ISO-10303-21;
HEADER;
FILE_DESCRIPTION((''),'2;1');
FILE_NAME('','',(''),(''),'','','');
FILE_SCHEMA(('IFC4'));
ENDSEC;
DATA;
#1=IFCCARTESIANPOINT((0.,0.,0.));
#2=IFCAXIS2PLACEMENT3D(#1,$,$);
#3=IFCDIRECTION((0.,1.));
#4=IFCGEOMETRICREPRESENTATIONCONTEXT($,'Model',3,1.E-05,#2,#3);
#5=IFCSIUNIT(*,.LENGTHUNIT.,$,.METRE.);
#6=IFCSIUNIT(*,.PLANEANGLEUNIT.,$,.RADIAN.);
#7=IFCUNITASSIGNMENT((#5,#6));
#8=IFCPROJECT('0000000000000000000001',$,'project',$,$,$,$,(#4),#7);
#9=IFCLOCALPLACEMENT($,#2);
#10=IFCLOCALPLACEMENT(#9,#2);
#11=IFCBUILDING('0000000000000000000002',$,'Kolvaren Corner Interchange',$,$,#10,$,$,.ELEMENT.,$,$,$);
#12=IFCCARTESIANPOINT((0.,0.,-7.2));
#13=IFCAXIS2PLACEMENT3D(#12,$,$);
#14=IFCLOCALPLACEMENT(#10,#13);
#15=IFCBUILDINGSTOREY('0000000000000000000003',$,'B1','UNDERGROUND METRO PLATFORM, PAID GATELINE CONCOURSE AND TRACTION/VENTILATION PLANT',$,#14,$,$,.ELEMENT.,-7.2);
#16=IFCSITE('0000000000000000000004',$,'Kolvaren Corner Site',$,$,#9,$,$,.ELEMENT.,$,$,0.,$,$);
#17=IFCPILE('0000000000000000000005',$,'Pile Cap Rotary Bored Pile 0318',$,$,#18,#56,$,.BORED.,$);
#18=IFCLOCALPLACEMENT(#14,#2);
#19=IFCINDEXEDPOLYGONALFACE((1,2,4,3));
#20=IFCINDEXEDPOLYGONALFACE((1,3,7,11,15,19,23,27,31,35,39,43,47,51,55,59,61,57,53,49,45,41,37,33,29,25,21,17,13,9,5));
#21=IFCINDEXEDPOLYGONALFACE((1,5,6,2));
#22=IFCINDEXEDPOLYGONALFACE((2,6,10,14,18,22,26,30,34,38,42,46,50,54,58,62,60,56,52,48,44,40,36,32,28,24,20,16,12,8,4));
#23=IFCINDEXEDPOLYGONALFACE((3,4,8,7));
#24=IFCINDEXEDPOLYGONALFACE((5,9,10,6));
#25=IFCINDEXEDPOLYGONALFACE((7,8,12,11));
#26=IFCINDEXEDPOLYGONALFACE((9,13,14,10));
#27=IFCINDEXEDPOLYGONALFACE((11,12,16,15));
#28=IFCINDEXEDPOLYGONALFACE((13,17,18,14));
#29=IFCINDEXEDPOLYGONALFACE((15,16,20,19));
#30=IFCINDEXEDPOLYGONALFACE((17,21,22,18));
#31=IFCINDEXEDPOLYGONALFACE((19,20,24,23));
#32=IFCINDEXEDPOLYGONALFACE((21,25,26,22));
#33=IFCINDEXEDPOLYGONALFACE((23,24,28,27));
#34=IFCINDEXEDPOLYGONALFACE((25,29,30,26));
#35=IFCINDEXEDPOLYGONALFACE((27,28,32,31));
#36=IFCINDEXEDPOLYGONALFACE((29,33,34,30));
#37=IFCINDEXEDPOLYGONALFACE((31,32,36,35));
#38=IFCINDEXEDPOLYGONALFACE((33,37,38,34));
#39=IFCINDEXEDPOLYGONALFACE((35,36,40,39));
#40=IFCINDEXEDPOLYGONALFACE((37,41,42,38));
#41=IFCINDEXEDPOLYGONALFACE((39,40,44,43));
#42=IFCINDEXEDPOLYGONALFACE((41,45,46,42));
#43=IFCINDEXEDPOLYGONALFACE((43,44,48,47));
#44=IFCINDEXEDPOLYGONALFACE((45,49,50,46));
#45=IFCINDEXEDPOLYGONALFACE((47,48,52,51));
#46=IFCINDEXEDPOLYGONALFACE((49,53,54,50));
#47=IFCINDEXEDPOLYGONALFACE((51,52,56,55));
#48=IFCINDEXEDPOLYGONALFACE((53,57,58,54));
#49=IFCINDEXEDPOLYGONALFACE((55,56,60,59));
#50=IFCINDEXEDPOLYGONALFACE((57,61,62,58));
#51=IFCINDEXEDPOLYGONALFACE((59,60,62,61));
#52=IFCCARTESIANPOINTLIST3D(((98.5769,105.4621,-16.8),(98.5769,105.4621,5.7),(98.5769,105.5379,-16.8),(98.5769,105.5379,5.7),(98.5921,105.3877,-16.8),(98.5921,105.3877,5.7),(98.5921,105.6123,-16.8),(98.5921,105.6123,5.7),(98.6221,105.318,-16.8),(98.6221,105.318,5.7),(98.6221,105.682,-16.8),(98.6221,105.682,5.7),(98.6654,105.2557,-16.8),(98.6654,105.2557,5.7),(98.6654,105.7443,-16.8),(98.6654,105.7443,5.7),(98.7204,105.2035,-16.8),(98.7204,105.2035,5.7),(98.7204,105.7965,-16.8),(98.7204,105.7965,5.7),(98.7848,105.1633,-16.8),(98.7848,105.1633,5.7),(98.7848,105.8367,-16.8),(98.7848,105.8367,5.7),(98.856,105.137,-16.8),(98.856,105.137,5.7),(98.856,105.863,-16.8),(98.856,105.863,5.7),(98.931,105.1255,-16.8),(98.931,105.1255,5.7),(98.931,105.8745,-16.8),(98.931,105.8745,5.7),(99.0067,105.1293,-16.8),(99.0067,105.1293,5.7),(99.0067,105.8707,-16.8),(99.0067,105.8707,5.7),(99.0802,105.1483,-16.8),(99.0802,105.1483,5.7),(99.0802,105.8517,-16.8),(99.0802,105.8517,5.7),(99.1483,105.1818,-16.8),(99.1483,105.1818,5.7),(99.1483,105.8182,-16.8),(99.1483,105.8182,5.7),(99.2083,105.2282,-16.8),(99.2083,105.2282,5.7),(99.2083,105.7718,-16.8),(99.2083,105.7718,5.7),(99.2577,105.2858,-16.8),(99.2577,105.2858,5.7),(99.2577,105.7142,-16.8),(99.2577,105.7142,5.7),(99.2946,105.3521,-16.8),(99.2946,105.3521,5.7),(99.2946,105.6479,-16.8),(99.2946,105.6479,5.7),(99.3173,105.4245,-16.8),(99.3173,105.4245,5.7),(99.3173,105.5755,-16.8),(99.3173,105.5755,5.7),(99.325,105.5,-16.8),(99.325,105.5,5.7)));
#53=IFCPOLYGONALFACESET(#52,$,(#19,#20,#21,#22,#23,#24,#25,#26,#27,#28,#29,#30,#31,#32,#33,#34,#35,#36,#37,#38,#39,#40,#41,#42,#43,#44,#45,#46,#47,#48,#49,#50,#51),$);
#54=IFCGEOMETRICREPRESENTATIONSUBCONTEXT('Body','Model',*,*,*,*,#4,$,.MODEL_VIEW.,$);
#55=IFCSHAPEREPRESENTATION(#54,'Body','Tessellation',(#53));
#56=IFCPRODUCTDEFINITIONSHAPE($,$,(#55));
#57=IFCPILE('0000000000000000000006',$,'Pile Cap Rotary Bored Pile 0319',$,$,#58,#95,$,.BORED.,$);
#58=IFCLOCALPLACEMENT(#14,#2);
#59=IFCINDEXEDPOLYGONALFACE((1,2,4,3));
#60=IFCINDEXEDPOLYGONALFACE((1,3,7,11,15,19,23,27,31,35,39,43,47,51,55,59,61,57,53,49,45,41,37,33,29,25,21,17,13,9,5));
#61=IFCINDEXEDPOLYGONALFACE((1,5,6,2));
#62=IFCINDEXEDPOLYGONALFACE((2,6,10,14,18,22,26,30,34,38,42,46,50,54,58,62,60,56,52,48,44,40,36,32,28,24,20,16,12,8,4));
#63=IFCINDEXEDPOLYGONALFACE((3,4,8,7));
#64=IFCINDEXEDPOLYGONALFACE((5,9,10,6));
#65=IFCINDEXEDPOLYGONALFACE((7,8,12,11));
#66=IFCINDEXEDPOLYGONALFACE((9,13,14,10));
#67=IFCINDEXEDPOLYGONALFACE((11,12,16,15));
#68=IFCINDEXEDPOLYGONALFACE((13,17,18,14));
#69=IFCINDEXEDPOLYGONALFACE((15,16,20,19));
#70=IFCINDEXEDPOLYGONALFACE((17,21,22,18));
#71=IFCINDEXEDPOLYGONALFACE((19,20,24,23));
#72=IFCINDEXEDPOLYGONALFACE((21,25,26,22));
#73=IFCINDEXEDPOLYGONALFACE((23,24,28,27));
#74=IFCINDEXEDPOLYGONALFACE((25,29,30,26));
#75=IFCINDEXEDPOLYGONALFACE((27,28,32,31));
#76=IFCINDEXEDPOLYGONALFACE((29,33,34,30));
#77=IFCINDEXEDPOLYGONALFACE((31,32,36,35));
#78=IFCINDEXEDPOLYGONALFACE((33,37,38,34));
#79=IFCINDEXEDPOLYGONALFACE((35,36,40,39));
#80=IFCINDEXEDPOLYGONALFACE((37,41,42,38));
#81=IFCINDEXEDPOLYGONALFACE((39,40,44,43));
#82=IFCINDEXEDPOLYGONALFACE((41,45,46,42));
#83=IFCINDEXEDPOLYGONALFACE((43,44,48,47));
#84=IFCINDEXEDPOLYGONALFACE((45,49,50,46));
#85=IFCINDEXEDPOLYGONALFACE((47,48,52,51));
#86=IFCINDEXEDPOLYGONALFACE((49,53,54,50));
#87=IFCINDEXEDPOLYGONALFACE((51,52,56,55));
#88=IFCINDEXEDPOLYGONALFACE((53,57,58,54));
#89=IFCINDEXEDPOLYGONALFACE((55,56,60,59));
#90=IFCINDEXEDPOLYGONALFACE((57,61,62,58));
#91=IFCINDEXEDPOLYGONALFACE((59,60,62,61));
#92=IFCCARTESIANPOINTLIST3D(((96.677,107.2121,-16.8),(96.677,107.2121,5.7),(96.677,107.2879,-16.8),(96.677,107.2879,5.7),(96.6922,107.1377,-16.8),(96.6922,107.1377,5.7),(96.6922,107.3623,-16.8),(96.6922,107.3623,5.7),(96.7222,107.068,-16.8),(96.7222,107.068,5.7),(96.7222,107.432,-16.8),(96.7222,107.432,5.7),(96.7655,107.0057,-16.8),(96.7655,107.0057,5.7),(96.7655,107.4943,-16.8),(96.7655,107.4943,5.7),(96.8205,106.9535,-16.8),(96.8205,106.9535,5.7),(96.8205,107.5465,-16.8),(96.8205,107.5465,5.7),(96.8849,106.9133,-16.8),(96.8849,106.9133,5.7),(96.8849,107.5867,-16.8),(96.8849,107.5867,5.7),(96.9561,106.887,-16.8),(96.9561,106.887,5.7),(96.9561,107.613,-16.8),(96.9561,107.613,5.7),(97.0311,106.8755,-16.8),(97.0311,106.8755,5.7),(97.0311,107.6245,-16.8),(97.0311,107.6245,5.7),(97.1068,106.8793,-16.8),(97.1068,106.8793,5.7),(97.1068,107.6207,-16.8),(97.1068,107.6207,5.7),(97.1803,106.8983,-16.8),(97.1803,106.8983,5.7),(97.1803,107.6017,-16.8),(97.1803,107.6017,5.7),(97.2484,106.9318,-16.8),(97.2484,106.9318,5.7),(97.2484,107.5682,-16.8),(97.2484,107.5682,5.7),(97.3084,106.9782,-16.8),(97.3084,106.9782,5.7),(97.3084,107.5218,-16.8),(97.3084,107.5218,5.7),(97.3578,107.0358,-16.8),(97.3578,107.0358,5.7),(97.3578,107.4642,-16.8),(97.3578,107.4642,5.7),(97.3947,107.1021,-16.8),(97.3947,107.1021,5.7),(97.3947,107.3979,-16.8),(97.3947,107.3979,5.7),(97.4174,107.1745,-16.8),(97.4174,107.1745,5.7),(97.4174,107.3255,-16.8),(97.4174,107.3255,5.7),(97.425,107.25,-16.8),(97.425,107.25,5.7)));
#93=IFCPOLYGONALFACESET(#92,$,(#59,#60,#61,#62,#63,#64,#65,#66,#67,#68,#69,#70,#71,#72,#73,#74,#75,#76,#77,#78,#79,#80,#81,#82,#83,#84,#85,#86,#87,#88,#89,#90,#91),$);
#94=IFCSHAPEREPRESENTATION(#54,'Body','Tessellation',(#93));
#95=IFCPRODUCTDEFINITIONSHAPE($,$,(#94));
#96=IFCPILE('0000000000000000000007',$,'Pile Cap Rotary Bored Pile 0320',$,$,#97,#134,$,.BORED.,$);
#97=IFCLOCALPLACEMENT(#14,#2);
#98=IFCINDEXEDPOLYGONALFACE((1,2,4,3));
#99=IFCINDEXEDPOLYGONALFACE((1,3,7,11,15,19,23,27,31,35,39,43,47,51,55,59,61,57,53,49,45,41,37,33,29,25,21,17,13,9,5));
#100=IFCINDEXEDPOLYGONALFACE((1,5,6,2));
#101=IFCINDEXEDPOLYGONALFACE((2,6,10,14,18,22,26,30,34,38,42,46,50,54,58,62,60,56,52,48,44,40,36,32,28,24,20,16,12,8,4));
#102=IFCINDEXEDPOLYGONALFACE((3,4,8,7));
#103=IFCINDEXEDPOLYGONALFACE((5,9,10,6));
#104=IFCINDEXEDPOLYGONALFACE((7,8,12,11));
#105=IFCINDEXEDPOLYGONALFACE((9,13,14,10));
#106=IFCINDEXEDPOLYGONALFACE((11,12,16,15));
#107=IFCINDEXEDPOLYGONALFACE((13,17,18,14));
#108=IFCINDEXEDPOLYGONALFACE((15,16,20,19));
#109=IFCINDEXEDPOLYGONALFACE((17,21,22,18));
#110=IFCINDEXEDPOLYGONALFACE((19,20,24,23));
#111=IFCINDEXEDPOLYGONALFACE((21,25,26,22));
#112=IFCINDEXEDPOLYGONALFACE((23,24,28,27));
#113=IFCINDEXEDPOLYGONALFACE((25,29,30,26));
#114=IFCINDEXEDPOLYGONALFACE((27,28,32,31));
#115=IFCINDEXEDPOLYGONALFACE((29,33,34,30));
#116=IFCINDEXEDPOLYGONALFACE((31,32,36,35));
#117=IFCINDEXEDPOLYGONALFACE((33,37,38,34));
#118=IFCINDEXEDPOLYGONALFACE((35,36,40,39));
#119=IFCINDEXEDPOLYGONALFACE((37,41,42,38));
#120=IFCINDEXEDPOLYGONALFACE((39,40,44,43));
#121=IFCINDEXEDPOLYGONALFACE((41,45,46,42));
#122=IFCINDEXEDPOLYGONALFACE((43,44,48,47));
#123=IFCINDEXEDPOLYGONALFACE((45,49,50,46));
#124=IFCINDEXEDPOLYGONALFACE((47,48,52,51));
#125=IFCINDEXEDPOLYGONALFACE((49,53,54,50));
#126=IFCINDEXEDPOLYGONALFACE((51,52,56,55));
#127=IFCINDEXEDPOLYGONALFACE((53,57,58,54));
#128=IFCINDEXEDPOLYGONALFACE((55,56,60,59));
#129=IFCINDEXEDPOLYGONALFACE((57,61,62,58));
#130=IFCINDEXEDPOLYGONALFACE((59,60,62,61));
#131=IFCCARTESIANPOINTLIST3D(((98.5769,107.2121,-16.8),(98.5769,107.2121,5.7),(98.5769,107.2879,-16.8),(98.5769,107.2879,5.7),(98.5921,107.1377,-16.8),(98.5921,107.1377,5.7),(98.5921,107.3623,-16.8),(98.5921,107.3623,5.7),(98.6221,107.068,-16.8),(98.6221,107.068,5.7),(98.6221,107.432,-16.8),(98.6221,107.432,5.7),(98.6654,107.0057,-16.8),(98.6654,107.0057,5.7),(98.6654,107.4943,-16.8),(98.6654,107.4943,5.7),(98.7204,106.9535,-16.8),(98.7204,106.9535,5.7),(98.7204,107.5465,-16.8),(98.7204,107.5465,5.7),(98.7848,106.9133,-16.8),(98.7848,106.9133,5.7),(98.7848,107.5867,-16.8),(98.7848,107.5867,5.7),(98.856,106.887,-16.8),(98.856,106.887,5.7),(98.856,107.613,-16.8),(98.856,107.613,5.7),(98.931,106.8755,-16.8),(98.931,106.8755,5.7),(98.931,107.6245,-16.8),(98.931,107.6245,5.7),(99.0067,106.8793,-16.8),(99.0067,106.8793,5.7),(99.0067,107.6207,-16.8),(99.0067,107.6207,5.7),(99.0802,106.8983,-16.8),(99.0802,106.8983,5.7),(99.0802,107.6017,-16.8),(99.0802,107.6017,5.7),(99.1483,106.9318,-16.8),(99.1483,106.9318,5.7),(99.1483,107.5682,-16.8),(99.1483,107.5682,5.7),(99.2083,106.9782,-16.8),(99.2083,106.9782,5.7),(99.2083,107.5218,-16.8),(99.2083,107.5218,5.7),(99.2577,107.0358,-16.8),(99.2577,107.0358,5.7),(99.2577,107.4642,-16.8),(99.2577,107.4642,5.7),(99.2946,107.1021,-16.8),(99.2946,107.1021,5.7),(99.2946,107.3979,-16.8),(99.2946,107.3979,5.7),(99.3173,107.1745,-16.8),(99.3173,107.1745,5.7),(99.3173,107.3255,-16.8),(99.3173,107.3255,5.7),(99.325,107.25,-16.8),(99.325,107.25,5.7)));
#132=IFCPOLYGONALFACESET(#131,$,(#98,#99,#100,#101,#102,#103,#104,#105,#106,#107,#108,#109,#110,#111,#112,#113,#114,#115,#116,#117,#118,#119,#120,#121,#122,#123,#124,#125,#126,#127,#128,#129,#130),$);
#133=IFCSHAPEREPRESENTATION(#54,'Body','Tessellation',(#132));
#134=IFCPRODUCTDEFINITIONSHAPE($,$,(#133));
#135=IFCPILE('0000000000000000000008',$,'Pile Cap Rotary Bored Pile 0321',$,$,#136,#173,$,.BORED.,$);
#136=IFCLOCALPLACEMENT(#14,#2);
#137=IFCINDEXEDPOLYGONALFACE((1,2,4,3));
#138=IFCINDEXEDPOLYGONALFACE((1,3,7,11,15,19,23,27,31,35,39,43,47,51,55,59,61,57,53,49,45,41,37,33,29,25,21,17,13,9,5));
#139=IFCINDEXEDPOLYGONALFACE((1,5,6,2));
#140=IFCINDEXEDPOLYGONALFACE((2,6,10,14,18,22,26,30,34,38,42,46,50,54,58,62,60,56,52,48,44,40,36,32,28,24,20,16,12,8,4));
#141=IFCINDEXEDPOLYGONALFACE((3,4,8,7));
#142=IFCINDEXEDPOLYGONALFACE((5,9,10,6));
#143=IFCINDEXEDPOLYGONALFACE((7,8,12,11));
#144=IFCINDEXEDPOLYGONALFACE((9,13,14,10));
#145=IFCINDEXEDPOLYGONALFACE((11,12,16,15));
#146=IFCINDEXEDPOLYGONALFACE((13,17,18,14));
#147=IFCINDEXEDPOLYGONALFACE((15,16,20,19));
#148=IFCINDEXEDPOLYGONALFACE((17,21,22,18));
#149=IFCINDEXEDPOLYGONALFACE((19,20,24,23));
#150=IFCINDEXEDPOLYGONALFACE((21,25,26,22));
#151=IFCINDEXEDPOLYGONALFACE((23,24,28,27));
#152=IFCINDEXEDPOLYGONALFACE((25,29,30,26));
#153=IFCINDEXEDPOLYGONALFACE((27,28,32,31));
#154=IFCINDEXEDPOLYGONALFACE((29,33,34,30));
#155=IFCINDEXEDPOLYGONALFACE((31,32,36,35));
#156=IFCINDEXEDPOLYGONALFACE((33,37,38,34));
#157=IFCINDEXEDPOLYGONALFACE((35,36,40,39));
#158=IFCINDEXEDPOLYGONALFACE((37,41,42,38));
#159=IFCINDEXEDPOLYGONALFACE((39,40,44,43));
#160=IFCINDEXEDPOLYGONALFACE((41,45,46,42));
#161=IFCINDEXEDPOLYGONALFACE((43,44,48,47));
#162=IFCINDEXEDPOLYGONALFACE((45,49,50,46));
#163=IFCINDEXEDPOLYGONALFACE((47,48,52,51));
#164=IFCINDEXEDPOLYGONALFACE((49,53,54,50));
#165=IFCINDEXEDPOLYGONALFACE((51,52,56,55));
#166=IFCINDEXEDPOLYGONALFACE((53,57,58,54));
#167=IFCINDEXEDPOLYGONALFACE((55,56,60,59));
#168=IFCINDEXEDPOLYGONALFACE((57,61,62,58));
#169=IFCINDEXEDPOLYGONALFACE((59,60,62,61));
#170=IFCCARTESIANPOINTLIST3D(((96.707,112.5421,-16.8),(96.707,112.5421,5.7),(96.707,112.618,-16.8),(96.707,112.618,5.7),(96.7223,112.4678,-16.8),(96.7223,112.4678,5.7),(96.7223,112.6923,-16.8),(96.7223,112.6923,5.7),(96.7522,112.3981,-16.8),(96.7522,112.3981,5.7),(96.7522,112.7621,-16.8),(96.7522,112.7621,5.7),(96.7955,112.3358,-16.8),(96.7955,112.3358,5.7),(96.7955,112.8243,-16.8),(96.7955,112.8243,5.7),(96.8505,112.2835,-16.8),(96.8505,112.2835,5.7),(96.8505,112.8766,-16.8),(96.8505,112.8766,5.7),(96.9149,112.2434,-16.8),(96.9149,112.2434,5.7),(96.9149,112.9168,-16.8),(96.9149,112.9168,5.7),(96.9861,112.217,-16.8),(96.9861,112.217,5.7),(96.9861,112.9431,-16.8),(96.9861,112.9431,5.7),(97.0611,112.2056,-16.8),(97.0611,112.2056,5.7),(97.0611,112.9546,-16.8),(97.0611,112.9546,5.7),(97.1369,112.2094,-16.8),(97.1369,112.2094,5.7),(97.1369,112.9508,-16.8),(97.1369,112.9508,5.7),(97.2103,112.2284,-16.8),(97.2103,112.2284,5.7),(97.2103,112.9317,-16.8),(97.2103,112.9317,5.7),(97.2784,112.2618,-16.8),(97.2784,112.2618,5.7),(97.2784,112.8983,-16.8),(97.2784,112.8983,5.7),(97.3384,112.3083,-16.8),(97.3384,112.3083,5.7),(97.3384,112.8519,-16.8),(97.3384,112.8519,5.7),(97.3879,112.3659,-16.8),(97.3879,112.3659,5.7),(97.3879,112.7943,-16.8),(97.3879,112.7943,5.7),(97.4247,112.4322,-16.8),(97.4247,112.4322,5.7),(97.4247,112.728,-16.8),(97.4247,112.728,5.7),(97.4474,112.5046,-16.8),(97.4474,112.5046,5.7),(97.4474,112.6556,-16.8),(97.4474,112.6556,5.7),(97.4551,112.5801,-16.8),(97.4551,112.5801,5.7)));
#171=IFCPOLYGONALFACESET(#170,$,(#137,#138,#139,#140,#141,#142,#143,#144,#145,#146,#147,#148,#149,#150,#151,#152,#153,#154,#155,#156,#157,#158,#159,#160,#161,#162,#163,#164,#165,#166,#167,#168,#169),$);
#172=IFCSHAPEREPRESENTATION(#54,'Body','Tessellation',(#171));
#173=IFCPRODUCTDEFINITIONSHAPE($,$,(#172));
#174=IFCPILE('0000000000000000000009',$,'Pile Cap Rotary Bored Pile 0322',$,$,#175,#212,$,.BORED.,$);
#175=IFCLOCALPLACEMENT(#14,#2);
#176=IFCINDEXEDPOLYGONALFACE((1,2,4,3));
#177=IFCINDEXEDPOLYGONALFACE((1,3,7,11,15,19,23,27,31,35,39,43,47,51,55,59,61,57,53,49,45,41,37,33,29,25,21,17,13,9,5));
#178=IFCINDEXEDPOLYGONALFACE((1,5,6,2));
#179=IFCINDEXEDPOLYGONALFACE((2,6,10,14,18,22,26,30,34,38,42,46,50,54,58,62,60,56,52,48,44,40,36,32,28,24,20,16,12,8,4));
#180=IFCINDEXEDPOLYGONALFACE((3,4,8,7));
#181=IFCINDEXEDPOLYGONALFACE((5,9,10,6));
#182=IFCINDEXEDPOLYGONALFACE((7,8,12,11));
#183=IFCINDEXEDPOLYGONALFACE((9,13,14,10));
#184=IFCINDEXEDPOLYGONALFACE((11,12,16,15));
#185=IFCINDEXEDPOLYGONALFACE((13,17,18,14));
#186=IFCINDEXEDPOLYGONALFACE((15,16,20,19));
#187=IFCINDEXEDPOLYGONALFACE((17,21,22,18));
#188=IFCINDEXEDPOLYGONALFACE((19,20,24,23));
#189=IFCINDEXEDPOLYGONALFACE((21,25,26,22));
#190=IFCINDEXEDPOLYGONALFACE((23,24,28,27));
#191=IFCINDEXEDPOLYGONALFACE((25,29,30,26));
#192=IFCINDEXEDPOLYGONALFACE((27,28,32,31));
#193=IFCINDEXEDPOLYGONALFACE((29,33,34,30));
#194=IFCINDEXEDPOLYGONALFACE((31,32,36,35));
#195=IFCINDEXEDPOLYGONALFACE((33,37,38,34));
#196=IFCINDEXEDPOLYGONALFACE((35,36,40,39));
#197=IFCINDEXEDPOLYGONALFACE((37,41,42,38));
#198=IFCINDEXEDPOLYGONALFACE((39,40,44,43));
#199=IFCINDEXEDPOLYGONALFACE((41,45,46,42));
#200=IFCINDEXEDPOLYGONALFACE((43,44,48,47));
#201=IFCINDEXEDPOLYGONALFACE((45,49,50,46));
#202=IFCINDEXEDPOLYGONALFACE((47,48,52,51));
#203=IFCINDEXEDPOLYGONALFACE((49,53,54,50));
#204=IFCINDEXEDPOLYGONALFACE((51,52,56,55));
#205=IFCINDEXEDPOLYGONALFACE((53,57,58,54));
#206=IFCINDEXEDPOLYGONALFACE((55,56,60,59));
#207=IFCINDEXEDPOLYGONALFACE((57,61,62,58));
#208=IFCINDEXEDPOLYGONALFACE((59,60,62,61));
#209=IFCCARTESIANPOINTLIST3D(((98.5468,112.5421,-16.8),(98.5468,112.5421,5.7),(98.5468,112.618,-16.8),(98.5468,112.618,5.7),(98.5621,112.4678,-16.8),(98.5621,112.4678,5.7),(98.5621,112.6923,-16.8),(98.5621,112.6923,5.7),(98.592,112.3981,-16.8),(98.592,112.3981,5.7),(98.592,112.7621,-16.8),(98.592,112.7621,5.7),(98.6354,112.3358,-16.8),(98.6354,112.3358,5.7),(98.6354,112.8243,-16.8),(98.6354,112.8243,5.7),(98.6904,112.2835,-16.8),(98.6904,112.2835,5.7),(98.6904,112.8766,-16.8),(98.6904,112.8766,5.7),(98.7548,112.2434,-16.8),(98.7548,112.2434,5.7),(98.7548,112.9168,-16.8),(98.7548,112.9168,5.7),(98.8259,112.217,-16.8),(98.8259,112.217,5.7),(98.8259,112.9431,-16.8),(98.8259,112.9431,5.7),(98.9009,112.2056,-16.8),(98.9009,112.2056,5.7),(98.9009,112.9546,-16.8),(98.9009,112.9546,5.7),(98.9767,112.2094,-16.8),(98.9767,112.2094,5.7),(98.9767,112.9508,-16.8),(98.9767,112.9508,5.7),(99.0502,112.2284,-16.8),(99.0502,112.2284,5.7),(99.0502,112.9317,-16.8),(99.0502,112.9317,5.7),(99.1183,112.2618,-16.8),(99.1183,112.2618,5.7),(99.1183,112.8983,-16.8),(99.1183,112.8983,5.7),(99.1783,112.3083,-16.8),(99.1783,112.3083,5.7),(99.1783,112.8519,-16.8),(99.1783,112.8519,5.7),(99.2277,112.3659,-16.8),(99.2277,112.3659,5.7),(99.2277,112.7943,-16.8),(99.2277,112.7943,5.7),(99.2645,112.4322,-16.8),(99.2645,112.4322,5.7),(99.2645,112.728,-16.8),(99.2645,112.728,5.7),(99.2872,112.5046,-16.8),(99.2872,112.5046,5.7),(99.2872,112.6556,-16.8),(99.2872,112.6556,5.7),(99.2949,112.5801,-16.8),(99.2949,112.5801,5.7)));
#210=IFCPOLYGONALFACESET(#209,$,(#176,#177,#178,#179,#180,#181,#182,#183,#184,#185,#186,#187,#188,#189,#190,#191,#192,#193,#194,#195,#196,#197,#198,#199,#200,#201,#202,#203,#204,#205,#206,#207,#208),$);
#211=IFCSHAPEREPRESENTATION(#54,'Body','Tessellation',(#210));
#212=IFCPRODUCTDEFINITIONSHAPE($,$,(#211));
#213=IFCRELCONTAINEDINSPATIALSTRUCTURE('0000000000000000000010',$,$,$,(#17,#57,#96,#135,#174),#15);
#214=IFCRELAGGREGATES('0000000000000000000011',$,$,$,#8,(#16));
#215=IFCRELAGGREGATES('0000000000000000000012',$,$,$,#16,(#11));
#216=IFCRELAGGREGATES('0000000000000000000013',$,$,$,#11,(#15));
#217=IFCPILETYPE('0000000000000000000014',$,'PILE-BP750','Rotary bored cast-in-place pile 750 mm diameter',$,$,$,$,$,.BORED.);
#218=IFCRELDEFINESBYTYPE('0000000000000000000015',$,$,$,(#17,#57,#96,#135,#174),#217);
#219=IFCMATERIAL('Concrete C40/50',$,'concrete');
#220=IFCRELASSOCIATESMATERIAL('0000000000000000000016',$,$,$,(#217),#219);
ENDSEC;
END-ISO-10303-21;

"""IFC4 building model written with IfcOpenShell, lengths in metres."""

from ifc_helpers import new_model, si_unit, direction, frame, origin, origin_2d, place, context, subcontext, project, spatial, circle, extrude, material, material_profile, profile_set, type_object, element, save


model = new_model("IFC4")

# Units and contexts
model_context = context("Model", 3, precision=1e-05, world=origin(), true_north=direction((0.0, 1.0)))
body_context = subcontext(model_context, "Body", "Model", "MODEL_VIEW")
ifc_project = project(units=[si_unit("LENGTHUNIT", "METRE"), si_unit("PLANEANGLEUNIT", "RADIAN")], contexts=[model_context])

# Site, building, storey
site_placement = place(None, origin())
site = spatial("IfcSite", under=ifc_project, at=site_placement, Name="Kolvaren Corner Site", CompositionType="ELEMENT", RefElevation=0.0)
building_placement = place(site_placement, origin())
building = spatial("IfcBuilding", under=site, at=building_placement, Name="Kolvaren Corner Interchange", CompositionType="ELEMENT")
storey_placement = place(building_placement, frame((0.0, 0.0, -7.2)))
storey = spatial("IfcBuildingStorey", under=building, at=storey_placement, Name="B1", Description="UNDERGROUND METRO PLATFORM, PAID GATELINE CONCOURSE AND TRACTION/VENTILATION PLANT", CompositionType="ELEMENT", Elevation=-7.2)

# Piles
ifc_material_1 = material(Name="Concrete C40/50", Category="concrete")
ifc_material_profile = material_profile(ifc_material_1, circle(Radius=0.375, at=origin_2d()), Name="BORED PILE 750")
ifc_profile_set = profile_set([ifc_material_profile], Name="Concrete C40/50")
pile_type = type_object("IfcPileType", Name="PILE-BP750", Description="Rotary bored cast-in-place pile 750 mm diameter", PredefinedType="BORED", material=ifc_profile_set)
for number, where, z_axis, x_axis, name in (
    (1, (98.95, 105.5, 5.7), (0.0, 0.0, -1.0), (1.0, 0.0, 0.0), "Pile Cap Rotary Bored Pile 0318"),
    (2, (97.05, 107.25, 5.7), (0.0, 0.0, -1.0), (1.0, 0.0, 0.0), "Pile Cap Rotary Bored Pile 0319"),
    (3, (98.95, 107.25, 5.7), (0.0, 0.0, -1.0), (1.0, 0.0, 0.0), "Pile Cap Rotary Bored Pile 0320"),
    (4, (97.0801, 112.5801, 5.7), (0.0, 0.0, -1.0), (1.0, 0.0, 0.0), "Pile Cap Rotary Bored Pile 0321"),
    (5, (98.9199, 112.5801, 5.7), (0.0, 0.0, -1.0), (1.0, 0.0, 0.0), "Pile Cap Rotary Bored Pile 0322"),
):
    element("IfcPile", number, at=place(storey_placement, frame(where, z_axis=z_axis, x_axis=x_axis)), inside=storey, type_object=pile_type, Name=name, PredefinedType="BORED", context=body_context, shape_type="SweptSolid", body=[
        extrude(circle(Radius=0.375, at=origin_2d()), origin(), (0.0, 0.0, 1.0), 22.5),
    ])

save(model, "model.ifc")
